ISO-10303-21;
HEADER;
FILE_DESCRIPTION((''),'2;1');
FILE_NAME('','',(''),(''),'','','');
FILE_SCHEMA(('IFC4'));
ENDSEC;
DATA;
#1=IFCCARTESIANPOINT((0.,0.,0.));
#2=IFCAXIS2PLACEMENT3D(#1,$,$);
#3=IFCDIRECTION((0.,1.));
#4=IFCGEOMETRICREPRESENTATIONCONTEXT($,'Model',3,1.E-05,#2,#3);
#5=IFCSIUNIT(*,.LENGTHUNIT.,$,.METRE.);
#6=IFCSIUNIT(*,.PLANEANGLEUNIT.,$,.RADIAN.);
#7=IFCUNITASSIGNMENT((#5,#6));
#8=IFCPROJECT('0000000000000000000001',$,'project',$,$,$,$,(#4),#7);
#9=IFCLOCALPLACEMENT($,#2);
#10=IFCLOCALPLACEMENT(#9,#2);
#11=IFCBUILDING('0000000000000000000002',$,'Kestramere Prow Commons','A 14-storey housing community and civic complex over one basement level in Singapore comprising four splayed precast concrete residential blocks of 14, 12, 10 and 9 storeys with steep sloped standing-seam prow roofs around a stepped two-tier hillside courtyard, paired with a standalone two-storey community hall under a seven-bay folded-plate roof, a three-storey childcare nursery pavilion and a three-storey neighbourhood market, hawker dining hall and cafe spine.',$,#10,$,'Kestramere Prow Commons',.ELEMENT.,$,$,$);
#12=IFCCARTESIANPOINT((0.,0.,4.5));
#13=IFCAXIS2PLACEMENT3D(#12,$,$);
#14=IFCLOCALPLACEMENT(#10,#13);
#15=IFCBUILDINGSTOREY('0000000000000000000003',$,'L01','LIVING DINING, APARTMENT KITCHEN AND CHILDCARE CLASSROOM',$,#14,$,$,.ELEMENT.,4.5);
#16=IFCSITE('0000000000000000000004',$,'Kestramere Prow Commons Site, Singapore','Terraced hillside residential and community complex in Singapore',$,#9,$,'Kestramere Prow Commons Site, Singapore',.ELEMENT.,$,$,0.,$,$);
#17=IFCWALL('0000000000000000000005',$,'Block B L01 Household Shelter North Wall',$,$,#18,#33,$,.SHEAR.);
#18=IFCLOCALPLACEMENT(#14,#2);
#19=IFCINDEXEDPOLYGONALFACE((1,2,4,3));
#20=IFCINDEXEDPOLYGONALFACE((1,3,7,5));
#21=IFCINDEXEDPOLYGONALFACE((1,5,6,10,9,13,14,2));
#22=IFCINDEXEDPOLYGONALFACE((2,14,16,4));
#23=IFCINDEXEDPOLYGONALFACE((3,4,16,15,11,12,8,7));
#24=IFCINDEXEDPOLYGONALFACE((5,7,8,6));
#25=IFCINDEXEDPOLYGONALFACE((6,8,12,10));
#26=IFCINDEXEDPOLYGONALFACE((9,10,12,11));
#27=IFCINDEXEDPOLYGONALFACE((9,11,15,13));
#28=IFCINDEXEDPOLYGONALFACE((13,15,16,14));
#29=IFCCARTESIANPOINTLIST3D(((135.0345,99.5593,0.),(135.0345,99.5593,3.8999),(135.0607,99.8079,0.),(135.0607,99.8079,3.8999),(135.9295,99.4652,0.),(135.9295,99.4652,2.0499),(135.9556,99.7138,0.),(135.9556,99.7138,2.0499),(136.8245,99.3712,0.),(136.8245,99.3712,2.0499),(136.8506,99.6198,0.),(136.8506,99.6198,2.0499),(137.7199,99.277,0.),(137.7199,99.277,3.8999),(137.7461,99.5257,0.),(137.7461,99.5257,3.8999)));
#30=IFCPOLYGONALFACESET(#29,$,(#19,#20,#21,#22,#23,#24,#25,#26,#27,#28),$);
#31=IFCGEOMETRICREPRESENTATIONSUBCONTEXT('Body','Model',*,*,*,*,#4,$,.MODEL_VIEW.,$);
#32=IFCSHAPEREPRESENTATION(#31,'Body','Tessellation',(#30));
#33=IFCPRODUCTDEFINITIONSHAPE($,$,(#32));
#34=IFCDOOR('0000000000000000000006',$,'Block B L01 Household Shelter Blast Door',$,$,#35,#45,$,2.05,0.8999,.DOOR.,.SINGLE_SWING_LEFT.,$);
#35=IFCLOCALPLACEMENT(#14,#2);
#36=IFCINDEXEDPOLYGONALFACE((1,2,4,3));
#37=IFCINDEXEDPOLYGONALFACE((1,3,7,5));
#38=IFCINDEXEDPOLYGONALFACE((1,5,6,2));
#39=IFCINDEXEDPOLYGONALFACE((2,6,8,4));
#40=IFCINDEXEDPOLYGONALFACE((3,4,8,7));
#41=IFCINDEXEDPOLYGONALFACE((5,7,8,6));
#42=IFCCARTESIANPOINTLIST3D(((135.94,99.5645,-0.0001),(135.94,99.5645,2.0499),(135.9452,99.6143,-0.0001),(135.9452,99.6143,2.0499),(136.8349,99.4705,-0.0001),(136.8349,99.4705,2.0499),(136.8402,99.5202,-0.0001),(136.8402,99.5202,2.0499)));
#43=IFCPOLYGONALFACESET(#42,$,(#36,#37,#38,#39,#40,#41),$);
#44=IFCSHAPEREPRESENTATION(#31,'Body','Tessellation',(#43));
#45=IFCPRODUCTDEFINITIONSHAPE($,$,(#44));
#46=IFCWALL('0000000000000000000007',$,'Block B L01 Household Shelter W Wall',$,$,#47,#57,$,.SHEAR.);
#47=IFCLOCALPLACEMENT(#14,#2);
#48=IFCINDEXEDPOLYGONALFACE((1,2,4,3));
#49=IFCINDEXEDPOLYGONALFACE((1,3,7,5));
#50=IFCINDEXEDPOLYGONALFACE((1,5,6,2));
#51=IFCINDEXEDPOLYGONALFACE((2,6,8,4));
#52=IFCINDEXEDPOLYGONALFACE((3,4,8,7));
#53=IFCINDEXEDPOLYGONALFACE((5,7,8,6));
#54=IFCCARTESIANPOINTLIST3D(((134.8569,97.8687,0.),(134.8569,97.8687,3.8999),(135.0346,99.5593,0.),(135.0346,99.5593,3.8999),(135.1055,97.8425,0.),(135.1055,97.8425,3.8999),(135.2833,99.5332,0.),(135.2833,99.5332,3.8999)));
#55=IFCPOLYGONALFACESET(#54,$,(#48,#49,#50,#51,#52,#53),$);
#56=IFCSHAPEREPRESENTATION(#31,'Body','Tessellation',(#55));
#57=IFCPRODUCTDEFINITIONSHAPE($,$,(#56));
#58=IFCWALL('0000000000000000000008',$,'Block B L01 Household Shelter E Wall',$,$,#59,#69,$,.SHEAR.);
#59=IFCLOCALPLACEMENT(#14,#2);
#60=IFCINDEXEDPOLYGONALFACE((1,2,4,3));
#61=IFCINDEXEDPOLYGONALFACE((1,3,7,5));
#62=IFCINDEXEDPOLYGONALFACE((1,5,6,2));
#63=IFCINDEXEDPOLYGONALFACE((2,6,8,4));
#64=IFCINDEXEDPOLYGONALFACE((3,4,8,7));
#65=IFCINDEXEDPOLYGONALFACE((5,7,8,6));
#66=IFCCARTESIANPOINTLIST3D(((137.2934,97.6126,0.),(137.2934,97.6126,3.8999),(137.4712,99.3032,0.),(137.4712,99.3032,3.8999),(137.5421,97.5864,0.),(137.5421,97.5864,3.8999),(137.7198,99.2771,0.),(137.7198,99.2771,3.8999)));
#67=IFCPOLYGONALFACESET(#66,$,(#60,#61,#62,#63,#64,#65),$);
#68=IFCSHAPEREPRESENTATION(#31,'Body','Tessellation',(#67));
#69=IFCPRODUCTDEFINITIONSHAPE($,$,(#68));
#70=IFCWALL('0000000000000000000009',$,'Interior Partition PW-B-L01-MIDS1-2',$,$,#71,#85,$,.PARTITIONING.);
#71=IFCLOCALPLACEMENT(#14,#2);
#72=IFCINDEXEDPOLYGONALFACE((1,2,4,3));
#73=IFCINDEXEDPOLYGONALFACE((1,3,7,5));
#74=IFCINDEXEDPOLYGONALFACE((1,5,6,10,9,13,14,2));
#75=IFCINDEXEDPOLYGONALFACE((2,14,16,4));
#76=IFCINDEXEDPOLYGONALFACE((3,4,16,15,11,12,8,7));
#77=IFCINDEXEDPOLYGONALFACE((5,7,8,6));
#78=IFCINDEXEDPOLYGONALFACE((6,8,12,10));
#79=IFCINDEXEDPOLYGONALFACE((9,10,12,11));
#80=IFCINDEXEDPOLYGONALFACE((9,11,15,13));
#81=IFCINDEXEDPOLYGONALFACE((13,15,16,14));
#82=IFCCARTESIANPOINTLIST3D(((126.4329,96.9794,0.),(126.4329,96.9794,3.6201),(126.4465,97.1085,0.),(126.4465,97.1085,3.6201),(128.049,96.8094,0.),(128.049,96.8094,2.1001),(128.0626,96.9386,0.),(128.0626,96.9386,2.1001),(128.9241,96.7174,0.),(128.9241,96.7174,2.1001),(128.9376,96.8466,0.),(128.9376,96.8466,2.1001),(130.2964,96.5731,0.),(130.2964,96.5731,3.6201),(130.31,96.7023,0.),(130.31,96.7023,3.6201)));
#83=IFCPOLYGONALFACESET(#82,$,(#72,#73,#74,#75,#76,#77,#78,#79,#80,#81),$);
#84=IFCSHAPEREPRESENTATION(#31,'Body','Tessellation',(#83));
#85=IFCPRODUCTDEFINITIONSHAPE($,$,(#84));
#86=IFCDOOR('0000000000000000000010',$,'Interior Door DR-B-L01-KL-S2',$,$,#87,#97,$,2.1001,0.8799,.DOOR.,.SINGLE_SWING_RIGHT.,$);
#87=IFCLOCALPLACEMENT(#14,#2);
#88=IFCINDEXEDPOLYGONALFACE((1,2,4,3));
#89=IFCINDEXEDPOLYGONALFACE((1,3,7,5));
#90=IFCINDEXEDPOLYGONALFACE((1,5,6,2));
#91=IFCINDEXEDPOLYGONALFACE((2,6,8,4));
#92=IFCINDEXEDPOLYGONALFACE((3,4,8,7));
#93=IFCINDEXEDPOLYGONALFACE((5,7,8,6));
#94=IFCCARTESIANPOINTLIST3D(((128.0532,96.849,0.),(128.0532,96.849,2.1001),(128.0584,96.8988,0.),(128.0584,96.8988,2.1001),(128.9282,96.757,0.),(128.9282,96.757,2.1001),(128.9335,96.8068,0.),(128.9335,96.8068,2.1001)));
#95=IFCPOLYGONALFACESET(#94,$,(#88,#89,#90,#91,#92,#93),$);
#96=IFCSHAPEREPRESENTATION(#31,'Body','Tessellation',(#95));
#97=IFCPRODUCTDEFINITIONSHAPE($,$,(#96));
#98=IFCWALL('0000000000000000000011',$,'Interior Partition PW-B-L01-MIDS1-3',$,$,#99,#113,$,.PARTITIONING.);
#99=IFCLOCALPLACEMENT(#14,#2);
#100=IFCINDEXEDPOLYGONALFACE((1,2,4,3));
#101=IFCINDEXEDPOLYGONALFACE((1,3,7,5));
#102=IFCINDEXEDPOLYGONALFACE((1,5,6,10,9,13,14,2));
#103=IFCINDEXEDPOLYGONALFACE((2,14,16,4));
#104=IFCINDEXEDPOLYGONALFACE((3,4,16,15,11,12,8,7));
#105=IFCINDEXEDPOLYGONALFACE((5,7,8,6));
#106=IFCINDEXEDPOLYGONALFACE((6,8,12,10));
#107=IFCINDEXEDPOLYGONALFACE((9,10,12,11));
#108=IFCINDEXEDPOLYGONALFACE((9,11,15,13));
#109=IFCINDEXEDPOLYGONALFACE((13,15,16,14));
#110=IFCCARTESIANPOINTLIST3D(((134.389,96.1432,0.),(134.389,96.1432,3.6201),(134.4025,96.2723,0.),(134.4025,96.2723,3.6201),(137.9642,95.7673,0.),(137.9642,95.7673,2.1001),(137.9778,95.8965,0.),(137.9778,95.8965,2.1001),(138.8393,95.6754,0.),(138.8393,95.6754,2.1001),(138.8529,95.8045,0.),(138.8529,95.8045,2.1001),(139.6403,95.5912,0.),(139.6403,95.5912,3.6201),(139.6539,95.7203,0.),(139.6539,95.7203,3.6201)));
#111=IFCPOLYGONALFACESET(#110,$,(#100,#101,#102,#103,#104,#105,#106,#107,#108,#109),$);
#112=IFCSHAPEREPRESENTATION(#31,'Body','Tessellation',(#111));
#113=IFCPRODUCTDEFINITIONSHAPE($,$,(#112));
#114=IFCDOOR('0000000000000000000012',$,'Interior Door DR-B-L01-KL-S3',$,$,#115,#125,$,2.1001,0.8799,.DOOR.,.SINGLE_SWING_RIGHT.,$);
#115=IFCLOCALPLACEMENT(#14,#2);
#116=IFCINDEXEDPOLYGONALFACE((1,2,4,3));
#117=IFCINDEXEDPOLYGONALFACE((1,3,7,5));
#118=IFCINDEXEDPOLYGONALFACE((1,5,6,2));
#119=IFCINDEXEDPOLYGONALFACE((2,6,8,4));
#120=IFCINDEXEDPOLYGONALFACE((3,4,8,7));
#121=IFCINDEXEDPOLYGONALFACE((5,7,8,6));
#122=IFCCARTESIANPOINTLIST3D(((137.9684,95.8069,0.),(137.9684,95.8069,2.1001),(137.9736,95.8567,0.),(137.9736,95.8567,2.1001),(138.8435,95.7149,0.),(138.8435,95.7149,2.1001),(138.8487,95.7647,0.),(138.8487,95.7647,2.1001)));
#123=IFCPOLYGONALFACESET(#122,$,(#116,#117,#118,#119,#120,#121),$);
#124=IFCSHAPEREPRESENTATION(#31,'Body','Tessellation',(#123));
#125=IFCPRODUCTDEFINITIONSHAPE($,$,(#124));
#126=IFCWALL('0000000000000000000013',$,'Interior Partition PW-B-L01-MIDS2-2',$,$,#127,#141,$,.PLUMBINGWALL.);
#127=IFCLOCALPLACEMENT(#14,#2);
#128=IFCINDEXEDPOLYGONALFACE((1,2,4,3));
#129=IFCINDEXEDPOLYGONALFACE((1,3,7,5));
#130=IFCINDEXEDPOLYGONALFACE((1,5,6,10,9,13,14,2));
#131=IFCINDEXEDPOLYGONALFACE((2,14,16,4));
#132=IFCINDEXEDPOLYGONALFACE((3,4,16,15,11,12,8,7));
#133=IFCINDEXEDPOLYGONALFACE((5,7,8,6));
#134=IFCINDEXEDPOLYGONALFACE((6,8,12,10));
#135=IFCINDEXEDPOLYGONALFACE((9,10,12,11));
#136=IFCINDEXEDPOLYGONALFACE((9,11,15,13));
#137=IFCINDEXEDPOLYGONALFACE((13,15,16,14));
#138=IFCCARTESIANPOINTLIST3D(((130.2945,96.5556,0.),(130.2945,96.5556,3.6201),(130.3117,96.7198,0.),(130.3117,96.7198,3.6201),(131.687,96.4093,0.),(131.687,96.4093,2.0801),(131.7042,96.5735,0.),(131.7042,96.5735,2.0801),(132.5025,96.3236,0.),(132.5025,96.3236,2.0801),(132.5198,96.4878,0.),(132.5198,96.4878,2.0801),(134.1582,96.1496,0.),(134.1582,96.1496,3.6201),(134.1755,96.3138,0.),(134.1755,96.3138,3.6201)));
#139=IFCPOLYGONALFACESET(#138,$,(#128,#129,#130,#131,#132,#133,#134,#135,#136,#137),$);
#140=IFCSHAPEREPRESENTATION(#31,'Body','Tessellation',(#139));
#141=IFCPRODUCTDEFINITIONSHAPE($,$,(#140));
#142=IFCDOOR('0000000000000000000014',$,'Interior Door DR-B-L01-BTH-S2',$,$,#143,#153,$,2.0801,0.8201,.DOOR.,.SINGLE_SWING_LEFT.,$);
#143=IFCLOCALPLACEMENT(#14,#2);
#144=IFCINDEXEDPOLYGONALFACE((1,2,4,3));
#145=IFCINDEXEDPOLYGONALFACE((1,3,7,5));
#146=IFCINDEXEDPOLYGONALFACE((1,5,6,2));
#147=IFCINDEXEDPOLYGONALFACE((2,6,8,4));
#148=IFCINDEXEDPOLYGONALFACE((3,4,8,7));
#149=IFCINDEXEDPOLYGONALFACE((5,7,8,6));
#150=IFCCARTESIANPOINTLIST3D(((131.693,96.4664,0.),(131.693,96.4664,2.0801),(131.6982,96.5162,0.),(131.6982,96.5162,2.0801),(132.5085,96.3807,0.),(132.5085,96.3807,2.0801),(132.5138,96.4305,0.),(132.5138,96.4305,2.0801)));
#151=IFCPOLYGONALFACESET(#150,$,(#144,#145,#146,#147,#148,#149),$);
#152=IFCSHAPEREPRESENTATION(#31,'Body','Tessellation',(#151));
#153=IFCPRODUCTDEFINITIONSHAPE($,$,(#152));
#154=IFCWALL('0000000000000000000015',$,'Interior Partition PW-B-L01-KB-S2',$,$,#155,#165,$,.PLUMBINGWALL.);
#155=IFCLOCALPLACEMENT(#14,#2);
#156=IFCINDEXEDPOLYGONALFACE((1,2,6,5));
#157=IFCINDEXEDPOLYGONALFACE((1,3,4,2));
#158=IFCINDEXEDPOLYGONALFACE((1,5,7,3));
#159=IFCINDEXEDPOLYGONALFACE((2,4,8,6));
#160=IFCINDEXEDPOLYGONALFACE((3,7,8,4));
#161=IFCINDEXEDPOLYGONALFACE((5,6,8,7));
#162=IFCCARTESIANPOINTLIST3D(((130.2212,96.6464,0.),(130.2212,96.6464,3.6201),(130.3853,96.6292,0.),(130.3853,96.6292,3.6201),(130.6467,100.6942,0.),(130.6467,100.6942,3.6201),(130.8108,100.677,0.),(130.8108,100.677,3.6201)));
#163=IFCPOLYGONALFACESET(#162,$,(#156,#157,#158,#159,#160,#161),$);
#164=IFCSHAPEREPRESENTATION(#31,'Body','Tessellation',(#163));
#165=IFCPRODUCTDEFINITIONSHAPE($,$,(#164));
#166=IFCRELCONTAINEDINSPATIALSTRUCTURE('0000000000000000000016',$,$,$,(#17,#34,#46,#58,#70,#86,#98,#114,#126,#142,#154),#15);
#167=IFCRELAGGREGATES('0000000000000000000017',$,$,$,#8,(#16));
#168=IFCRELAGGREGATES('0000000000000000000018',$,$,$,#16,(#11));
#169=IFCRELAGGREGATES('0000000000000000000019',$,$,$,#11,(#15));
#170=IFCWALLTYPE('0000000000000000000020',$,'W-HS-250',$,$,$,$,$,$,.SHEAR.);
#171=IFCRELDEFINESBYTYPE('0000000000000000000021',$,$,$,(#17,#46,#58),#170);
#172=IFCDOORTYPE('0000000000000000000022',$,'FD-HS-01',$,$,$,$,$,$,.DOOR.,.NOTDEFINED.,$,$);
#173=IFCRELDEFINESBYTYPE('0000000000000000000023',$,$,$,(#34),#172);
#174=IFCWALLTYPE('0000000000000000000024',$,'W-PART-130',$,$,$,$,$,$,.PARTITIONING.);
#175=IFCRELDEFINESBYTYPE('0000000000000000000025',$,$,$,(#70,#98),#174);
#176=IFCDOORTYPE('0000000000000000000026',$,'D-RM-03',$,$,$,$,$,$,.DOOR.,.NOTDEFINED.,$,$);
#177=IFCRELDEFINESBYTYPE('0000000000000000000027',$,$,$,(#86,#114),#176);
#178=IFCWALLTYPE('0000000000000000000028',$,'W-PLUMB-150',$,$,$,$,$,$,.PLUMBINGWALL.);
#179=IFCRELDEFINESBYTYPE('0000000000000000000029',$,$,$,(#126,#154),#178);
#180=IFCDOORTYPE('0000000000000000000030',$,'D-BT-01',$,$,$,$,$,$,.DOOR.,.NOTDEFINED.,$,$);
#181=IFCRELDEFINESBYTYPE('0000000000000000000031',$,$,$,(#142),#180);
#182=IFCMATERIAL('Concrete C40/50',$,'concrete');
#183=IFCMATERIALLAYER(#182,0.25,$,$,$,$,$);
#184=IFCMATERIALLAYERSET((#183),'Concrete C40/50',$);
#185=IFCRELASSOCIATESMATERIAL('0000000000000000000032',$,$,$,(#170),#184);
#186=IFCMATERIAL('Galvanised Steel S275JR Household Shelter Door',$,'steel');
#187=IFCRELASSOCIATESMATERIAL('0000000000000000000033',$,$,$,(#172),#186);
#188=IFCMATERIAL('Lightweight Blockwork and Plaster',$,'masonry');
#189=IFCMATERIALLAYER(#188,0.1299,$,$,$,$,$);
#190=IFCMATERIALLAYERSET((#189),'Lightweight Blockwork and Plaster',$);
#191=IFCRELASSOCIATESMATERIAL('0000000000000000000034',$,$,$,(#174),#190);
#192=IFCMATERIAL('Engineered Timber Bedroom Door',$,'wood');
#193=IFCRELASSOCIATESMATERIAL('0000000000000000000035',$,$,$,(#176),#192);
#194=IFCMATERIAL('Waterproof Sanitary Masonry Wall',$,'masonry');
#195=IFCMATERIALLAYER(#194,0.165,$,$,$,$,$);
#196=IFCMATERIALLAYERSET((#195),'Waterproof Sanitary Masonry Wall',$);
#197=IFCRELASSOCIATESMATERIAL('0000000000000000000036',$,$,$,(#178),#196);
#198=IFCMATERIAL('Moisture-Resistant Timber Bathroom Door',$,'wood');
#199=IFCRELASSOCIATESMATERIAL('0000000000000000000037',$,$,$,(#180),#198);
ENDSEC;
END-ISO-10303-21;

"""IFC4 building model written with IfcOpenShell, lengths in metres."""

from ifc_helpers import new_model, si_unit, direction, frame, frame_2d, origin, place, context, subcontext, project, spatial, rectangle, extrude, material, layer, layer_set, type_object, element, fill, save


model = new_model("IFC4")

# Units and contexts
model_context = context("Model", 3, precision=1e-05, world=origin(), true_north=direction((0.0, 1.0)))
body_context = subcontext(model_context, "Body", "Model", "MODEL_VIEW")
ifc_project = project(units=[si_unit("LENGTHUNIT", "METRE"), si_unit("PLANEANGLEUNIT", "RADIAN")], contexts=[model_context])

# Site, building, storey
site_placement = place(None, origin())
site = spatial("IfcSite", under=ifc_project, at=site_placement, Name="Kestramere Prow Commons Site, Singapore", Description="Terraced hillside residential and community complex in Singapore", LongName="Kestramere Prow Commons Site, Singapore", CompositionType="ELEMENT", RefElevation=0.0)
building_placement = place(site_placement, origin())
building = spatial("IfcBuilding", under=site, at=building_placement, Name="Kestramere Prow Commons", Description="A 14-storey housing community and civic complex over one basement level in Singapore comprising four splayed precast concrete residential blocks of 14, 12, 10 and 9 storeys with steep sloped standing-seam prow roofs around a stepped two-tier hillside courtyard, paired with a standalone two-storey community hall under a seven-bay folded-plate roof, a three-storey childcare nursery pavilion and a three-storey neighbourhood market, hawker dining hall and cafe spine.", LongName="Kestramere Prow Commons", CompositionType="ELEMENT")
storey_placement = place(building_placement, frame((0.0, 0.0, 4.5)))
storey = spatial("IfcBuildingStorey", under=building, at=storey_placement, Name="L01", Description="LIVING DINING, APARTMENT KITCHEN AND CHILDCARE CLASSROOM", CompositionType="ELEMENT", Elevation=4.5)

# Shared definitions
ifc_material_1 = material(Name="Concrete C40/50", Category="concrete")
ifc_layer_1 = layer(ifc_material_1, 0.25)
ifc_layer_set_1 = layer_set([ifc_layer_1], Name="Concrete C40/50")
wall_type_1 = type_object("IfcWallType", Name="W-HS-250", PredefinedType="SHEAR", material=ifc_layer_set_1)

# Wall, opening, door
wall_1_placement = place(storey_placement, frame((135.0476, 99.6836, 0.0), z_axis=(0.0, 0.0, 1.0), x_axis=(0.994522, -0.104525, 0.0)))
wall_1 = element("IfcWall", 1, at=wall_1_placement, inside=storey, type_object=wall_type_1, Name="Block B L01 Household Shelter North Wall", PredefinedType="SHEAR", context=body_context, shape_type="SweptSolid", body=[
    extrude(rectangle(XDim=2.7002, YDim=0.25, at=frame_2d((1.3501, 0.0))), origin(), (0.0, 0.0, 1.0), 3.8999),
])
opening_1_placement = place(wall_1_placement, frame((0.8999, 0.0, 0.0)))
opening_1 = element("IfcOpeningElement", 2, at=opening_1_placement, cuts=wall_1, PredefinedType="OPENING", context=body_context, shape_type="SweptSolid", body=[
    extrude(rectangle(XDim=0.8999, YDim=2.05, at=frame_2d((0.45, 1.0249))), frame((0.0, 0.1399, 0.0), z_axis=(0.0, -1.0, 0.0), x_axis=(1.0, 0.0, 0.0)), (0.0, 0.0, 1.0), 0.28),
])
ifc_material_2 = material(Name="Galvanised Steel S275JR Household Shelter Door", Category="steel")
door_type_1 = type_object("IfcDoorType", Name="FD-HS-01", OperationType="NOTDEFINED", PredefinedType="DOOR", material=ifc_material_2)
door_1_placement = place(opening_1_placement, origin())
door_1 = element("IfcDoor", 3, at=door_1_placement, inside=storey, type_object=door_type_1, Name="Block B L01 Household Shelter Blast Door", OperationType="SINGLE_SWING_LEFT", OverallHeight=2.05, OverallWidth=0.8999, PredefinedType="DOOR", context=body_context, shape_type="SweptSolid", body=[
    extrude(rectangle(XDim=0.8999, YDim=2.05, at=frame_2d((0.45, 1.0249))), frame((0.0, 0.0249, 0.0), z_axis=(0.0, -1.0, 0.0), x_axis=(1.0, 0.0, 0.0)), (0.0, 0.0, 1.0), 0.05),
])
fill(opening_1, door_1)

# Walls
for number, where, z_axis, x_axis, name in (
    (4, (134.9812, 97.8555, 0.0), (0.0, 0.0, 1.0), (0.10455, 0.99452, 0.0), "Block B L01 Household Shelter W Wall"),
    (5, (137.4177, 97.5994, 0.0), (0.0, 0.0, 1.0), (0.10455, 0.99452, 0.0), "Block B L01 Household Shelter E Wall"),
):
    element("IfcWall", number, at=place(storey_placement, frame(where, z_axis=z_axis, x_axis=x_axis)), inside=storey, type_object=wall_type_1, Name=name, PredefinedType="SHEAR", context=body_context, shape_type="SweptSolid", body=[
        extrude(rectangle(XDim=1.7, YDim=0.25, at=frame_2d((0.8501, 0.0))), origin(), (0.0, 0.0, 1.0), 3.8999),
    ])

# Walls, openings, doors
ifc_material_3 = material(Name="Lightweight Blockwork and Plaster", Category="masonry")
ifc_layer_2 = layer(ifc_material_3, 0.1299)
ifc_layer_set_2 = layer_set([ifc_layer_2], Name="Lightweight Blockwork and Plaster")
wall_type_2 = type_object("IfcWallType", Name="W-PART-130", PredefinedType="PARTITIONING", material=ifc_layer_set_2)
wall_2_placement = place(storey_placement, frame((126.4397, 97.0439, 0.0), z_axis=(0.0, 0.0, 1.0), x_axis=(0.994517, -0.104574, 0.0)))
wall_2 = element("IfcWall", 6, at=wall_2_placement, inside=storey, type_object=wall_type_2, Name="Interior Partition PW-B-L01-MIDS1-2", PredefinedType="PARTITIONING", context=body_context, shape_type="SweptSolid", body=[
    extrude(rectangle(XDim=3.8848, YDim=0.1299, at=frame_2d((1.9424, 0.0))), origin(), (0.0, 0.0, 1.0), 3.6201),
])
opening_2_placement = place(wall_2_placement, frame((1.625, 0.0, 0.0)))
opening_2 = element("IfcOpeningElement", 7, at=opening_2_placement, cuts=wall_2, PredefinedType="OPENING", context=body_context, shape_type="SweptSolid", body=[
    extrude(rectangle(XDim=0.8799, YDim=2.1001, at=frame_2d((0.4399, 1.05))), frame((0.0, 0.0798, 0.0), z_axis=(0.0, -1.0, 0.0), x_axis=(1.0, 0.0, 0.0)), (0.0, 0.0, 1.0), 0.1599),
])
ifc_material_4 = material(Name="Engineered Timber Bedroom Door", Category="wood")
door_type_2 = type_object("IfcDoorType", Name="D-RM-03", OperationType="NOTDEFINED", PredefinedType="DOOR", material=ifc_material_4)
door_2_placement = place(opening_2_placement, origin())
door_2 = element("IfcDoor", 8, at=door_2_placement, inside=storey, type_object=door_type_2, Name="Interior Door DR-B-L01-KL-S2", OperationType="SINGLE_SWING_RIGHT", OverallHeight=2.1001, OverallWidth=0.8799, PredefinedType="DOOR", context=body_context, shape_type="SweptSolid", body=[
    extrude(rectangle(XDim=0.8799, YDim=2.1001, at=frame_2d((0.4399, 1.05))), frame((0.0, 0.0249, 0.0), z_axis=(0.0, -1.0, 0.0), x_axis=(1.0, 0.0, 0.0)), (0.0, 0.0, 1.0), 0.05),
])
fill(opening_2, door_2)
wall_3_placement = place(storey_placement, frame((134.3958, 96.2078, 0.0), z_axis=(0.0, 0.0, 1.0), x_axis=(0.99452, -0.104543, 0.0)))
wall_3 = element("IfcWall", 9, at=wall_3_placement, inside=storey, type_object=wall_type_2, Name="Interior Partition PW-B-L01-MIDS1-3", PredefinedType="PARTITIONING", context=body_context, shape_type="SweptSolid", body=[
    extrude(rectangle(XDim=5.2803, YDim=0.1299, at=frame_2d((2.6401, 0.0))), origin(), (0.0, 0.0, 1.0), 3.6201),
])
opening_3_placement = place(wall_3_placement, frame((3.595, 0.0, 0.0)))
opening_3 = element("IfcOpeningElement", 10, at=opening_3_placement, cuts=wall_3, PredefinedType="OPENING", context=body_context, shape_type="SweptSolid", body=[
    extrude(rectangle(XDim=0.8799, YDim=2.1001, at=frame_2d((0.4399, 1.05))), frame((0.0, 0.0798, 0.0), z_axis=(0.0, -1.0, 0.0), x_axis=(1.0, 0.0, 0.0)), (0.0, 0.0, 1.0), 0.1599),
])
door_3_placement = place(opening_3_placement, origin())
door_3 = element("IfcDoor", 11, at=door_3_placement, inside=storey, type_object=door_type_2, Name="Interior Door DR-B-L01-KL-S3", OperationType="SINGLE_SWING_RIGHT", OverallHeight=2.1001, OverallWidth=0.8799, PredefinedType="DOOR", context=body_context, shape_type="SweptSolid", body=[
    extrude(rectangle(XDim=0.8799, YDim=2.1001, at=frame_2d((0.4399, 1.05))), frame((0.0, 0.0249, 0.0), z_axis=(0.0, -1.0, 0.0), x_axis=(1.0, 0.0, 0.0)), (0.0, 0.0, 1.0), 0.05),
])
fill(opening_3, door_3)
ifc_material_5 = material(Name="Waterproof Sanitary Masonry Wall", Category="masonry")
ifc_layer_3 = layer(ifc_material_5, 0.165)
ifc_layer_set_3 = layer_set([ifc_layer_3], Name="Waterproof Sanitary Masonry Wall")
wall_type_3 = type_object("IfcWallType", Name="W-PLUMB-150", PredefinedType="PLUMBINGWALL", material=ifc_layer_set_3)
wall_4_placement = place(storey_placement, frame((130.3032, 96.6377, 0.0), z_axis=(0.0, 0.0, 1.0), x_axis=(0.994524, -0.104505, 0.0)))
wall_4 = element("IfcWall", 12, at=wall_4_placement, inside=storey, type_object=wall_type_3, Name="Interior Partition PW-B-L01-MIDS2-2", PredefinedType="PLUMBINGWALL", context=body_context, shape_type="SweptSolid", body=[
    extrude(rectangle(XDim=3.885, YDim=0.165, at=frame_2d((1.9424, 0.0))), origin(), (0.0, 0.0, 1.0), 3.6201),
])
opening_4_placement = place(wall_4_placement, frame((1.3999, 0.0, 0.0)))
opening_4 = element("IfcOpeningElement", 13, at=opening_4_placement, cuts=wall_4, PredefinedType="OPENING", context=body_context, shape_type="SweptSolid", body=[
    extrude(rectangle(XDim=0.8201, YDim=2.0801, at=frame_2d((0.4102, 1.04))), frame((0.0, 0.0974, 0.0), z_axis=(0.0, -1.0, 0.0), x_axis=(1.0, 0.0, 0.0)), (0.0, 0.0, 1.0), 0.1951),
])
ifc_material_6 = material(Name="Moisture-Resistant Timber Bathroom Door", Category="wood")
door_type_3 = type_object("IfcDoorType", Name="D-BT-01", OperationType="NOTDEFINED", PredefinedType="DOOR", material=ifc_material_6)
door_4_placement = place(opening_4_placement, origin())
door_4 = element("IfcDoor", 14, at=door_4_placement, inside=storey, type_object=door_type_3, Name="Interior Door DR-B-L01-BTH-S2", OperationType="SINGLE_SWING_LEFT", OverallHeight=2.0801, OverallWidth=0.8201, PredefinedType="DOOR", context=body_context, shape_type="SweptSolid", body=[
    extrude(rectangle(XDim=0.8201, YDim=2.0801, at=frame_2d((0.4102, 1.04))), frame((0.0, 0.0249, 0.0), z_axis=(0.0, -1.0, 0.0), x_axis=(1.0, 0.0, 0.0)), (0.0, 0.0, 1.0), 0.05),
])
fill(opening_4, door_4)

# Wall
wall_5_placement = place(storey_placement, frame((130.3032, 96.6377, 0.0), z_axis=(0.0, 0.0, 1.0), x_axis=(0.104551, 0.99452, 0.0)))
element("IfcWall", 15, at=wall_5_placement, inside=storey, type_object=wall_type_3, Name="Interior Partition PW-B-L01-KB-S2", PredefinedType="PLUMBINGWALL", context=body_context, shape_type="SweptSolid", body=[
    extrude(rectangle(XDim=4.0701, YDim=0.165, at=frame_2d((2.0352, 0.0))), origin(), (0.0, 0.0, 1.0), 3.6201),
])

save(model, "model.ifc")
